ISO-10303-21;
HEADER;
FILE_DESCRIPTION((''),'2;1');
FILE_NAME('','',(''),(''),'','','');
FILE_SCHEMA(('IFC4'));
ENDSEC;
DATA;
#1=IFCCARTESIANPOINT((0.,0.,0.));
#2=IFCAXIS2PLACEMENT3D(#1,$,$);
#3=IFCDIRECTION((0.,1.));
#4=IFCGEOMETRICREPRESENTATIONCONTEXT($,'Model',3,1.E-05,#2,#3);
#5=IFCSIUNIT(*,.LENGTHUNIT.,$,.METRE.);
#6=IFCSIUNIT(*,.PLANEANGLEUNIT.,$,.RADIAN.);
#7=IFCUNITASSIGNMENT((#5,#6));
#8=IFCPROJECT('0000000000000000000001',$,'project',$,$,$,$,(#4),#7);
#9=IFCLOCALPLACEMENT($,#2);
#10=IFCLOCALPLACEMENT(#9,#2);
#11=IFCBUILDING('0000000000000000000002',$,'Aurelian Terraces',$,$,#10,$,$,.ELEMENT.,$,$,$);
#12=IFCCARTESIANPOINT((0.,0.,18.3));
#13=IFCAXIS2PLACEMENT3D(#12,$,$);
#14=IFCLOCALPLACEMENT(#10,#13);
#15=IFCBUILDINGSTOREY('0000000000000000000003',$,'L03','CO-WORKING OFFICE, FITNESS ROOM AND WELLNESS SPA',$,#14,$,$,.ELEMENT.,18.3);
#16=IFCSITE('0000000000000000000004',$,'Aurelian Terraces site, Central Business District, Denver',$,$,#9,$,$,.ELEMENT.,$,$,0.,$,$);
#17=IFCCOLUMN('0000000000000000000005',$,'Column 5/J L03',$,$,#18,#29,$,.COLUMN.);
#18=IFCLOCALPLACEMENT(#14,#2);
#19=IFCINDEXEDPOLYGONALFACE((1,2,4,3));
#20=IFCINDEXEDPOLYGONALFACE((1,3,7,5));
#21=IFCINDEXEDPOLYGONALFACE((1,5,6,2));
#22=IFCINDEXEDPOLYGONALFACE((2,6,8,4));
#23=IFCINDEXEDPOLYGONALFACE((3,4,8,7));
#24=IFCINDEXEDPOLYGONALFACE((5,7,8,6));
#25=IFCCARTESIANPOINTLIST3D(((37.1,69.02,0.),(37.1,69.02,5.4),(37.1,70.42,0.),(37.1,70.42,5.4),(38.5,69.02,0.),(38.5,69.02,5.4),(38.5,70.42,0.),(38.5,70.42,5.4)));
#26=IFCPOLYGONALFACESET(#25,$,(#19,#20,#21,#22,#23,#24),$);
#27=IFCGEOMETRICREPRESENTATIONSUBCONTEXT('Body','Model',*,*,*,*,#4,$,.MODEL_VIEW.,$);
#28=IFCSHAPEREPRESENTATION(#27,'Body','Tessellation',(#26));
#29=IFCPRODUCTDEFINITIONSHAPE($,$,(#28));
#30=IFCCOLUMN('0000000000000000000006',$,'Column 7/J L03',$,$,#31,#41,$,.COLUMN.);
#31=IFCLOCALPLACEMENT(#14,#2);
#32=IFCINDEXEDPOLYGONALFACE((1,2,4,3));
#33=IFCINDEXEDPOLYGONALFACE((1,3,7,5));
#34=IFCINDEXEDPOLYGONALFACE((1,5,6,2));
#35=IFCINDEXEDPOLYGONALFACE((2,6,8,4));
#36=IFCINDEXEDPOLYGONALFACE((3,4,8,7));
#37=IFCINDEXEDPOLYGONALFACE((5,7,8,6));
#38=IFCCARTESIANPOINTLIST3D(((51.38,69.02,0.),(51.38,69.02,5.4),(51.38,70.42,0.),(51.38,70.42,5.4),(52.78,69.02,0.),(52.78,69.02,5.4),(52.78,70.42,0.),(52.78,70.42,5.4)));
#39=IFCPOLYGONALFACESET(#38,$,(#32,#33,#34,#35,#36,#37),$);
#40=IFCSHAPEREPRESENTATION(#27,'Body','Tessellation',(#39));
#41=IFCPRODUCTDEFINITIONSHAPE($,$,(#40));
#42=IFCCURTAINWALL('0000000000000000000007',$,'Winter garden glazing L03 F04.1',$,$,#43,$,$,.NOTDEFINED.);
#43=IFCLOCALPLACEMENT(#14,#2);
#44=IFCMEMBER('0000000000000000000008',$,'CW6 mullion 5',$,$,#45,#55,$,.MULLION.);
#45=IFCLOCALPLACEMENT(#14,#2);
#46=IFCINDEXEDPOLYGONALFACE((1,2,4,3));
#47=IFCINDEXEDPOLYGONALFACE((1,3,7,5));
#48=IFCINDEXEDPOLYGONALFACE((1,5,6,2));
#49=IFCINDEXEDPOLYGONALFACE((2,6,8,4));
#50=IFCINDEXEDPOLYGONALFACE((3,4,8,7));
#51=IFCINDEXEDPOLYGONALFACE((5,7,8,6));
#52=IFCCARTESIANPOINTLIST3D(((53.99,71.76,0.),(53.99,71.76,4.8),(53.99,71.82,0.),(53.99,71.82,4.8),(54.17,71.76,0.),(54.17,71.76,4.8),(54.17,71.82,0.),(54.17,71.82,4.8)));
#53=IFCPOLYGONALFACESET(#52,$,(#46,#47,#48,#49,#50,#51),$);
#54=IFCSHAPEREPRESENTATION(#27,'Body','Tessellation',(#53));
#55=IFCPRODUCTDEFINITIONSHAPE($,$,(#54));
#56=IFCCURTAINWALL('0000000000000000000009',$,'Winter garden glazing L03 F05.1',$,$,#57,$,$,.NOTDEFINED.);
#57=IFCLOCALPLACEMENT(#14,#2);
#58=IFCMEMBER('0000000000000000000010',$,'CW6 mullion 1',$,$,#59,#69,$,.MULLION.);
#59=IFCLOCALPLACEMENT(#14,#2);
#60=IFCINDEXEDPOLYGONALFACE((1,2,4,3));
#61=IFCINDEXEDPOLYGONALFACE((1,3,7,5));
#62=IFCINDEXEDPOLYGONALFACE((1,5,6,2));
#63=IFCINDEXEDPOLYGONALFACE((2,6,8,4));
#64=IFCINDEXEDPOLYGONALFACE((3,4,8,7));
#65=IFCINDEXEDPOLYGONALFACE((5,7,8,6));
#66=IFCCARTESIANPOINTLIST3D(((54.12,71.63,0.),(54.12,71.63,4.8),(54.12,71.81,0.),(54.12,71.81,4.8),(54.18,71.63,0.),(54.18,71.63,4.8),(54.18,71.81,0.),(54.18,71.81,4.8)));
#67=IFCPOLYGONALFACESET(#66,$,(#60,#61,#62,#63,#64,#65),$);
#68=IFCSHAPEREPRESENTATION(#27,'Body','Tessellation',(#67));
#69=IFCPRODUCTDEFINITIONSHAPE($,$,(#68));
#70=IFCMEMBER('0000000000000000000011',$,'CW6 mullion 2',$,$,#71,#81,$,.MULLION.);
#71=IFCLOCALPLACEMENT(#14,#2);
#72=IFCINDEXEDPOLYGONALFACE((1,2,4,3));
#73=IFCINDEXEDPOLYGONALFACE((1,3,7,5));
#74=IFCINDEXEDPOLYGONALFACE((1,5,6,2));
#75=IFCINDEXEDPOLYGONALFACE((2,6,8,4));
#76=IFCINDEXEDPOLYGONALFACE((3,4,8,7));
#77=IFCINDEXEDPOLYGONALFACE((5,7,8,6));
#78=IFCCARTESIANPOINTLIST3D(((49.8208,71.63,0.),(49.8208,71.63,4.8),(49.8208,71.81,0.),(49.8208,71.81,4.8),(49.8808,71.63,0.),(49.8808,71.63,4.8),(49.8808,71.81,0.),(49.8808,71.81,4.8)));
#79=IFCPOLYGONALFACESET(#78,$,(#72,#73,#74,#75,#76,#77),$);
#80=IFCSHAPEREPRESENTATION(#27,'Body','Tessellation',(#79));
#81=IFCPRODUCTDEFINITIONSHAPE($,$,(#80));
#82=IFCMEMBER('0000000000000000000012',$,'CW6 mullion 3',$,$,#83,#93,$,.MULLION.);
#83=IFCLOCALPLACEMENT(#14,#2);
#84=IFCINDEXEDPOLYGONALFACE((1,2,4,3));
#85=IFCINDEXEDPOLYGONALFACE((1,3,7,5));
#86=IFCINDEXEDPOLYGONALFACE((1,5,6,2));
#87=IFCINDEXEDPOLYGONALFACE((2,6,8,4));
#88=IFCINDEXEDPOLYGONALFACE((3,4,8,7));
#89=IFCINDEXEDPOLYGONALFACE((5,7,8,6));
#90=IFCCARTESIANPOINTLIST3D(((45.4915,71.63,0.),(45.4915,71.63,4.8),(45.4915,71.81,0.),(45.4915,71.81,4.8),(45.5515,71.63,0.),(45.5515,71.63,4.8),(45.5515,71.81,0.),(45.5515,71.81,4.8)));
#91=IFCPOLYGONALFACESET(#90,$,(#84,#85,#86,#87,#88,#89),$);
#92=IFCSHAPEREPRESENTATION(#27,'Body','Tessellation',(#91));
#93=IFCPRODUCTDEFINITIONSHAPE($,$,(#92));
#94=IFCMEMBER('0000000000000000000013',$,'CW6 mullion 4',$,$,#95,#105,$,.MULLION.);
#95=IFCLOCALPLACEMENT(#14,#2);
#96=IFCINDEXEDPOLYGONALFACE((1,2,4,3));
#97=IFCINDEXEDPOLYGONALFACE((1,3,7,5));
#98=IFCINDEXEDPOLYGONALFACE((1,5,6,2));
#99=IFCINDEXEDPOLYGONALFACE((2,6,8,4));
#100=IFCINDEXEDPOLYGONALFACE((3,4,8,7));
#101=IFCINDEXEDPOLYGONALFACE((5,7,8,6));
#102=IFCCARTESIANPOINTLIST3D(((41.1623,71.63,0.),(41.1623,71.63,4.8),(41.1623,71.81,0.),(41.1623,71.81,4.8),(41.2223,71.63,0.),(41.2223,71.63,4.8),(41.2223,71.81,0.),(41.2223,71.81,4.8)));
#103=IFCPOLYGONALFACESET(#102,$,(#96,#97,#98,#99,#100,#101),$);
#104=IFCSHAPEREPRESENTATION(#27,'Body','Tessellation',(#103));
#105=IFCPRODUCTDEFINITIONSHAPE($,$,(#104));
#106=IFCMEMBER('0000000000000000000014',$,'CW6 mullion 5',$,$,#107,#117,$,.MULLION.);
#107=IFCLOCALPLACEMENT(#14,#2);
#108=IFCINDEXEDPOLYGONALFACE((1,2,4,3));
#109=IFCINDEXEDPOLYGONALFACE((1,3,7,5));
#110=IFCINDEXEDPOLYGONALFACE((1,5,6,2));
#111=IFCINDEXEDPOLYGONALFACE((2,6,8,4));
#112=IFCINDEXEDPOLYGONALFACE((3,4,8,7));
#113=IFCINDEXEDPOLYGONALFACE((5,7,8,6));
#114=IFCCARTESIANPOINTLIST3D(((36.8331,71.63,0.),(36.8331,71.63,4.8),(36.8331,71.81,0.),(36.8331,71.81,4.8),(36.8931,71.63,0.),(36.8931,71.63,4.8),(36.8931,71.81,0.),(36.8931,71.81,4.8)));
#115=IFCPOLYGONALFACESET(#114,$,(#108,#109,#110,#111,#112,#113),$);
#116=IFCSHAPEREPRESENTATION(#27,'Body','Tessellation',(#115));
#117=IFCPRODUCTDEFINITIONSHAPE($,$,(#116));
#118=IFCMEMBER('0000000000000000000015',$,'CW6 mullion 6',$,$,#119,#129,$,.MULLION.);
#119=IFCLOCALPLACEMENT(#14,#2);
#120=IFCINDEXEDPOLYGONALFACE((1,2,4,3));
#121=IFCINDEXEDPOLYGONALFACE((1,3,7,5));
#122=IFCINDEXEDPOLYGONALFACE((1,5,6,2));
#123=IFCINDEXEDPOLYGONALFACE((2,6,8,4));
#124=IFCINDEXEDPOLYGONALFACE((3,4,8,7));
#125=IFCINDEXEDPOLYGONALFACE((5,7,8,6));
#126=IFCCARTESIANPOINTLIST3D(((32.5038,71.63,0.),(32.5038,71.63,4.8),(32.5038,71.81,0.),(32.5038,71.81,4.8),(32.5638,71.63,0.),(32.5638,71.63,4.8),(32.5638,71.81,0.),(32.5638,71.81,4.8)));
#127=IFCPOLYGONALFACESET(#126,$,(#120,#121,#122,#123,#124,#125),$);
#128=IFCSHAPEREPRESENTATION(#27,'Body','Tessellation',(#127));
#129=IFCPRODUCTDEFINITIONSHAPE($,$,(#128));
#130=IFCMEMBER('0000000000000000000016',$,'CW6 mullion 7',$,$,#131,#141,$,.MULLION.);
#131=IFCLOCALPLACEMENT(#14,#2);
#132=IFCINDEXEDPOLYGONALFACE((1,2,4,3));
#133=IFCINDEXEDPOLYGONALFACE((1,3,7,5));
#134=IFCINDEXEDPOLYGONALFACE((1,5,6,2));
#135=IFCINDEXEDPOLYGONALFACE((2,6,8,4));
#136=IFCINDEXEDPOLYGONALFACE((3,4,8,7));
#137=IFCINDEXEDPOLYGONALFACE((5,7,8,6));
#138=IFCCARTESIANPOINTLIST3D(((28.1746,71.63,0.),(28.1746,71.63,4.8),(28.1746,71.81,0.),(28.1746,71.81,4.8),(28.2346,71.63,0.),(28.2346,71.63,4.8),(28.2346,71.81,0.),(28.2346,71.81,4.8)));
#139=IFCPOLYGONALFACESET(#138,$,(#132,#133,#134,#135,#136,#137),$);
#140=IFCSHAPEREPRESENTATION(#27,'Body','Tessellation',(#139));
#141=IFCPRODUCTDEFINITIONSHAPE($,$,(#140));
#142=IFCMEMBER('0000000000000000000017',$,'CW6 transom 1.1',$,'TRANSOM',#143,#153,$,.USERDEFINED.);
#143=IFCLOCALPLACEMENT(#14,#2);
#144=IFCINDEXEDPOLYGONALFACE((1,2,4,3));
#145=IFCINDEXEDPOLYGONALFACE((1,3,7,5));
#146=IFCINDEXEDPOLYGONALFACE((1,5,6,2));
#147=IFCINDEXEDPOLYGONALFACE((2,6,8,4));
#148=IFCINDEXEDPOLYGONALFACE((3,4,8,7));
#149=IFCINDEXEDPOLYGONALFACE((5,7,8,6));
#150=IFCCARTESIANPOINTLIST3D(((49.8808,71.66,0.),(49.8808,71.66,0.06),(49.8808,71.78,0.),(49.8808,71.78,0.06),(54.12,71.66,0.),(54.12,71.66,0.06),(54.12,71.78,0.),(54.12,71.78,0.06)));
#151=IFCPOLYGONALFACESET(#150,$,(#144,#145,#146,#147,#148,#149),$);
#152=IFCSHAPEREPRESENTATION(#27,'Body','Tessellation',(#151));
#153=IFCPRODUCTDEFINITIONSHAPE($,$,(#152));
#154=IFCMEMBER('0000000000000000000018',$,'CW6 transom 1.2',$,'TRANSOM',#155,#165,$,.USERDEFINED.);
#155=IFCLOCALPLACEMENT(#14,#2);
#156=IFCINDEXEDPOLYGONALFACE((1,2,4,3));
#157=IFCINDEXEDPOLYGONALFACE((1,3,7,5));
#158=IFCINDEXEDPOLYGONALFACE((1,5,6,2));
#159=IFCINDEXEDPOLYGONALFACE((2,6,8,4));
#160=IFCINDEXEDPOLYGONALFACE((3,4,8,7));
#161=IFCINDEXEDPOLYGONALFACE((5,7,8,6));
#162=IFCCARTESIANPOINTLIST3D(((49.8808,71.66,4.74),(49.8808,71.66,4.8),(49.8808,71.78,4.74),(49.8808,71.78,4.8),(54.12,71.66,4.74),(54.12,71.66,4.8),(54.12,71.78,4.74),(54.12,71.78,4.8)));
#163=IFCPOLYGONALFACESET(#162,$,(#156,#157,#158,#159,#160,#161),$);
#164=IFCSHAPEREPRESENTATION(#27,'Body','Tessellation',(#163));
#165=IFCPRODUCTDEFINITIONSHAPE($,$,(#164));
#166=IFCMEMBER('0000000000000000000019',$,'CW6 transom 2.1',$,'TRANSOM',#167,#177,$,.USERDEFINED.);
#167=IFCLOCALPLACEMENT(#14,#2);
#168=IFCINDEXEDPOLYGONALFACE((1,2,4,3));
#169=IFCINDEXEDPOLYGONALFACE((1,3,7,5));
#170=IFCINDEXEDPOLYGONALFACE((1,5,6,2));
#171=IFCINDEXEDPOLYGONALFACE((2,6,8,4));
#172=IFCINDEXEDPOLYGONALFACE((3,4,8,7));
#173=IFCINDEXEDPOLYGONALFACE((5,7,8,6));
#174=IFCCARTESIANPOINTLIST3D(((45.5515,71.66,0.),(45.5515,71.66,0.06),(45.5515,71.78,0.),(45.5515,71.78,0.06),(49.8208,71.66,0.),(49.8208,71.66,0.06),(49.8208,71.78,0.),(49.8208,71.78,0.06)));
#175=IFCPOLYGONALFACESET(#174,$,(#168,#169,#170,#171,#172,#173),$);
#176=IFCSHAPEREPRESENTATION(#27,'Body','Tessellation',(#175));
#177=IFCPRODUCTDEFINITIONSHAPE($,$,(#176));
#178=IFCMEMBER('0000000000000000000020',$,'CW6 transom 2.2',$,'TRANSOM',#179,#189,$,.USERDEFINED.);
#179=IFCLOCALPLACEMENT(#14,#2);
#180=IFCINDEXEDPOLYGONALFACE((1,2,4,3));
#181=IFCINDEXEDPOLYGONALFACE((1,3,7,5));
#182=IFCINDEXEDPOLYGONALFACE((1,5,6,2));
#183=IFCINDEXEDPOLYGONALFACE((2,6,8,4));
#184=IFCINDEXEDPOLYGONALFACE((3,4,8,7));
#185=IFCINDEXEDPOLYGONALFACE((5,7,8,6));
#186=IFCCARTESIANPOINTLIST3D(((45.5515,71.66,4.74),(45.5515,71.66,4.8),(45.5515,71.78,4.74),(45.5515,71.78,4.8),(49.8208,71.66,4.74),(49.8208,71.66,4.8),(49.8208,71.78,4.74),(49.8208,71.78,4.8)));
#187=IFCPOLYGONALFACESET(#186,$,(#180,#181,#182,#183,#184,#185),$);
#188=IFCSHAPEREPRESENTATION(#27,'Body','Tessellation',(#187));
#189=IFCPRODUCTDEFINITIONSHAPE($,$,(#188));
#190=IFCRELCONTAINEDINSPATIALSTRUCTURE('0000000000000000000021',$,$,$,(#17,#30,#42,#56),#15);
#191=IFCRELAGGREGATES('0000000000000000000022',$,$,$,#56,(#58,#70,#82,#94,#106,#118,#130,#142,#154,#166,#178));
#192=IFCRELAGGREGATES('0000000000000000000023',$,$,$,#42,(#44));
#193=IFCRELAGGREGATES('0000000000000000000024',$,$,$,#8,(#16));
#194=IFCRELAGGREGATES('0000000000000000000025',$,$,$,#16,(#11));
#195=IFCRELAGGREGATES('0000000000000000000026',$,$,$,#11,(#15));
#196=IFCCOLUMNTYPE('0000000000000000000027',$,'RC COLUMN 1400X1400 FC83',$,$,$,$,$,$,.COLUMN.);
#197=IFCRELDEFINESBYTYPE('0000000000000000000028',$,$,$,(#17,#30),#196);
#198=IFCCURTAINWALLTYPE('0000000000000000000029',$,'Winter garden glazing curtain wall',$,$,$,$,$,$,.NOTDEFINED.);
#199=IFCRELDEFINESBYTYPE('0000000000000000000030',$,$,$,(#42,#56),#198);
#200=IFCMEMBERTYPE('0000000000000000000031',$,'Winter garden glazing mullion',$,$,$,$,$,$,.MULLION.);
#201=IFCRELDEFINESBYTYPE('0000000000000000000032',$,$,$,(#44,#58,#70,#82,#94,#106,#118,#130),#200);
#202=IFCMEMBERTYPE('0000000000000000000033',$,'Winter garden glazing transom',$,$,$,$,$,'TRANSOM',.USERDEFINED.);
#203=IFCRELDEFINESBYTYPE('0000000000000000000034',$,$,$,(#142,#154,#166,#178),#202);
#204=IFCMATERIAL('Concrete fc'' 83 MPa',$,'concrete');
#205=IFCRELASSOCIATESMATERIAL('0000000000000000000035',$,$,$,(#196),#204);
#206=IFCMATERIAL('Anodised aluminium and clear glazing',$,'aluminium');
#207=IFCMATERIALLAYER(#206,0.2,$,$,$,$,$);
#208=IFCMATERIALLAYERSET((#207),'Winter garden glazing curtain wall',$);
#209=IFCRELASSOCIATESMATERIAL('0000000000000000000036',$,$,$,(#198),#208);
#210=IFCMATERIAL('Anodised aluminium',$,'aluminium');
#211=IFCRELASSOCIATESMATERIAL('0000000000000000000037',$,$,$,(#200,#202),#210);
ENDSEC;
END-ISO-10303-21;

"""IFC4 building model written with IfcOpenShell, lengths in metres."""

from ifc_helpers import new_model, si_unit, direction, frame, origin, origin_2d, place, context, subcontext, project, spatial, rectangle, extrude, source, transform, mapped, material, layer, layer_set, material_profile, profile_set, type_object, element, aggregate, save


model = new_model("IFC4")

# Units and contexts
model_context = context("Model", 3, precision=1e-05, world=origin(), true_north=direction((0.0, 1.0)))
body_context = subcontext(model_context, "Body", "Model", "MODEL_VIEW")
ifc_project = project(units=[si_unit("LENGTHUNIT", "METRE"), si_unit("PLANEANGLEUNIT", "RADIAN")], contexts=[model_context])

# Site, building, storey
site_placement = place(None, origin())
site = spatial("IfcSite", under=ifc_project, at=site_placement, Name="Aurelian Terraces site, Central Business District, Denver", CompositionType="ELEMENT", RefElevation=0.0)
building_placement = place(site_placement, origin())
building = spatial("IfcBuilding", under=site, at=building_placement, Name="Aurelian Terraces", CompositionType="ELEMENT")
storey_placement = place(building_placement, frame((0.0, 0.0, 18.3)))
storey = spatial("IfcBuildingStorey", under=building, at=storey_placement, Name="L03", Description="CO-WORKING OFFICE, FITNESS ROOM AND WELLNESS SPA", CompositionType="ELEMENT", Elevation=18.3)

# Columns
ifc_material_1 = material(Name="Concrete fc' 83 MPa", Category="concrete")
ifc_material_profile_1 = material_profile(ifc_material_1, rectangle(XDim=1.4, YDim=1.4, at=origin_2d()))
ifc_profile_set_1 = profile_set([ifc_material_profile_1], Name="Concrete fc' 83 MPa")
column_type = type_object("IfcColumnType", Name="RC COLUMN 1400X1400 FC83", PredefinedType="COLUMN", material=ifc_profile_set_1)
shared_shape_1 = source(origin(), body_context, "Body", "SweptSolid", [
    extrude(rectangle(XDim=1.4, YDim=1.4, at=origin_2d()), origin(), (0.0, 0.0, 1.0), 5.4),
])
for number, where, z_axis, x_axis, name in (
    (1, (37.8, 69.72, 0.0), (0.0, 0.0, 1.0), (1.0, 0.0, 0.0), "Column 5/J L03"),
    (2, (52.08, 69.72, 0.0), (0.0, 0.0, 1.0), (1.0, 0.0, 0.0), "Column 7/J L03"),
):
    element("IfcColumn", number, at=place(storey_placement, frame(where, z_axis=z_axis, x_axis=x_axis)), inside=storey, type_object=column_type, Name=name, PredefinedType="COLUMN", context=body_context, shape_type="MappedRepresentation", body=[
        mapped(shared_shape_1, transform((0.0, 0.0, 0.0), scale=1.0)),
    ])

# Curtain wall, member
ifc_material_2 = material(Name="Anodised aluminium and clear glazing", Category="aluminium")
ifc_layer_1 = layer(ifc_material_2, 0.2)
ifc_layer_set_1 = layer_set([ifc_layer_1], Name="Winter garden glazing curtain wall")
curtain_wall_type = type_object("IfcCurtainWallType", Name="Winter garden glazing curtain wall", PredefinedType="NOTDEFINED", material=ifc_layer_set_1)
curtain_wall_1_placement = place(storey_placement, origin())
curtain_wall_1 = element("IfcCurtainWall", 3, at=curtain_wall_1_placement, inside=storey, type_object=curtain_wall_type, Name="Winter garden glazing L03 F04.1", PredefinedType="NOTDEFINED")
ifc_material_3 = material(Name="Anodised aluminium", Category="aluminium")
ifc_material_profile_2 = material_profile(ifc_material_3, rectangle(XDim=0.18, YDim=0.06, at=origin_2d()))
ifc_profile_set_2 = profile_set([ifc_material_profile_2], Name="Anodised aluminium")
member_type_1 = type_object("IfcMemberType", Name="Winter garden glazing mullion", PredefinedType="MULLION", material=ifc_profile_set_2)
shared_shape_2 = source(origin(), body_context, "Body", "SweptSolid", [
    extrude(rectangle(XDim=0.18, YDim=0.06, at=origin_2d()), origin(), (0.0, 0.0, 1.0), 4.8),
])
member_1_placement = place(storey_placement, frame((54.08, 71.79, 0.0), z_axis=(0.0, 0.0, 1.0), x_axis=(-1.0, 0.0, 0.0)))
member_1 = element("IfcMember", 4, at=member_1_placement, type_object=member_type_1, Name="CW6 mullion 5", PredefinedType="MULLION", context=body_context, shape_type="MappedRepresentation", body=[
    mapped(shared_shape_2, transform((0.0, 0.0, 0.0), scale=1.0)),
])

# Curtain wall, members
curtain_wall_2_placement = place(storey_placement, origin())
curtain_wall_2 = element("IfcCurtainWall", 5, at=curtain_wall_2_placement, inside=storey, type_object=curtain_wall_type, Name="Winter garden glazing L03 F05.1", PredefinedType="NOTDEFINED")
member_2_placement = place(storey_placement, frame((54.15, 71.72, 0.0), z_axis=(0.0, 0.0, 1.0), x_axis=(0.0, -1.0, 0.0)))
member_2 = element("IfcMember", 6, at=member_2_placement, type_object=member_type_1, Name="CW6 mullion 1", PredefinedType="MULLION", context=body_context, shape_type="MappedRepresentation", body=[
    mapped(shared_shape_2, transform((0.0, 0.0, 0.0), scale=1.0)),
])
member_3_placement = place(storey_placement, frame((49.8508, 71.72, 0.0), z_axis=(0.0, 0.0, 1.0), x_axis=(0.0, -1.0, 0.0)))
member_3 = element("IfcMember", 7, at=member_3_placement, type_object=member_type_1, Name="CW6 mullion 2", PredefinedType="MULLION", context=body_context, shape_type="MappedRepresentation", body=[
    mapped(shared_shape_2, transform((0.0, 0.0, 0.0), scale=1.0)),
])
member_4_placement = place(storey_placement, frame((45.5215, 71.72, 0.0), z_axis=(0.0, 0.0, 1.0), x_axis=(0.0, -1.0, 0.0)))
member_4 = element("IfcMember", 8, at=member_4_placement, type_object=member_type_1, Name="CW6 mullion 3", PredefinedType="MULLION", context=body_context, shape_type="MappedRepresentation", body=[
    mapped(shared_shape_2, transform((0.0, 0.0, 0.0), scale=1.0)),
])
member_5_placement = place(storey_placement, frame((41.1923, 71.72, 0.0), z_axis=(0.0, 0.0, 1.0), x_axis=(0.0, -1.0, 0.0)))
member_5 = element("IfcMember", 9, at=member_5_placement, type_object=member_type_1, Name="CW6 mullion 4", PredefinedType="MULLION", context=body_context, shape_type="MappedRepresentation", body=[
    mapped(shared_shape_2, transform((0.0, 0.0, 0.0), scale=1.0)),
])
member_6_placement = place(storey_placement, frame((36.8631, 71.72, 0.0), z_axis=(0.0, 0.0, 1.0), x_axis=(0.0, -1.0, 0.0)))
member_6 = element("IfcMember", 10, at=member_6_placement, type_object=member_type_1, Name="CW6 mullion 5", PredefinedType="MULLION", context=body_context, shape_type="MappedRepresentation", body=[
    mapped(shared_shape_2, transform((0.0, 0.0, 0.0), scale=1.0)),
])
member_7_placement = place(storey_placement, frame((32.5338, 71.72, 0.0), z_axis=(0.0, 0.0, 1.0), x_axis=(0.0, -1.0, 0.0)))
member_7 = element("IfcMember", 11, at=member_7_placement, type_object=member_type_1, Name="CW6 mullion 6", PredefinedType="MULLION", context=body_context, shape_type="MappedRepresentation", body=[
    mapped(shared_shape_2, transform((0.0, 0.0, 0.0), scale=1.0)),
])
member_8_placement = place(storey_placement, frame((28.2046, 71.72, 0.0), z_axis=(0.0, 0.0, 1.0), x_axis=(0.0, -1.0, 0.0)))
member_8 = element("IfcMember", 12, at=member_8_placement, type_object=member_type_1, Name="CW6 mullion 7", PredefinedType="MULLION", context=body_context, shape_type="MappedRepresentation", body=[
    mapped(shared_shape_2, transform((0.0, 0.0, 0.0), scale=1.0)),
])
ifc_material_profile_3 = material_profile(ifc_material_3, rectangle(XDim=0.12, YDim=0.06, at=origin_2d()))
ifc_profile_set_3 = profile_set([ifc_material_profile_3], Name="Anodised aluminium")
member_type_2 = type_object("IfcMemberType", Name="Winter garden glazing transom", ElementType="TRANSOM", PredefinedType="USERDEFINED", material=ifc_profile_set_3)
shared_shape_3 = source(origin(), body_context, "Body", "SweptSolid", [
    extrude(rectangle(XDim=0.12, YDim=0.06, at=origin_2d()), origin(), (0.0, 0.0, 1.0), 4.2392),
])
member_9_placement = place(storey_placement, frame((54.12, 71.72, 0.03), z_axis=(-1.0, 0.0, 0.0), x_axis=(0.0, -1.0, 0.0)))
member_9 = element("IfcMember", 13, at=member_9_placement, type_object=member_type_2, Name="CW6 transom 1.1", ObjectType="TRANSOM", PredefinedType="USERDEFINED", context=body_context, shape_type="MappedRepresentation", body=[
    mapped(shared_shape_3, transform((0.0, 0.0, 0.0), scale=1.0)),
])
member_10_placement = place(storey_placement, frame((54.12, 71.72, 4.77), z_axis=(-1.0, 0.0, 0.0), x_axis=(0.0, -1.0, 0.0)))
member_10 = element("IfcMember", 14, at=member_10_placement, type_object=member_type_2, Name="CW6 transom 1.2", ObjectType="TRANSOM", PredefinedType="USERDEFINED", context=body_context, shape_type="MappedRepresentation", body=[
    mapped(shared_shape_3, transform((0.0, 0.0, 0.0), scale=1.0)),
])
shared_shape_4 = source(origin(), body_context, "Body", "SweptSolid", [
    extrude(rectangle(XDim=0.12, YDim=0.06, at=origin_2d()), origin(), (0.0, 0.0, 1.0), 4.2693),
])
member_11_placement = place(storey_placement, frame((49.8208, 71.72, 0.03), z_axis=(-1.0, 0.0, 0.0), x_axis=(0.0, -1.0, 0.0)))
member_11 = element("IfcMember", 15, at=member_11_placement, type_object=member_type_2, Name="CW6 transom 2.1", ObjectType="TRANSOM", PredefinedType="USERDEFINED", context=body_context, shape_type="MappedRepresentation", body=[
    mapped(shared_shape_4, transform((0.0, 0.0, 0.0), scale=1.0)),
])
member_12_placement = place(storey_placement, frame((49.8208, 71.72, 4.77), z_axis=(-1.0, 0.0, 0.0), x_axis=(0.0, -1.0, 0.0)))
member_12 = element("IfcMember", 16, at=member_12_placement, type_object=member_type_2, Name="CW6 transom 2.2", ObjectType="TRANSOM", PredefinedType="USERDEFINED", context=body_context, shape_type="MappedRepresentation", body=[
    mapped(shared_shape_4, transform((0.0, 0.0, 0.0), scale=1.0)),
])
aggregate(curtain_wall_2, [member_2, member_3, member_4, member_5, member_6, member_7, member_8, member_9, member_10, member_11, member_12])

aggregate(curtain_wall_1, [member_1])

save(model, "model.ifc")
